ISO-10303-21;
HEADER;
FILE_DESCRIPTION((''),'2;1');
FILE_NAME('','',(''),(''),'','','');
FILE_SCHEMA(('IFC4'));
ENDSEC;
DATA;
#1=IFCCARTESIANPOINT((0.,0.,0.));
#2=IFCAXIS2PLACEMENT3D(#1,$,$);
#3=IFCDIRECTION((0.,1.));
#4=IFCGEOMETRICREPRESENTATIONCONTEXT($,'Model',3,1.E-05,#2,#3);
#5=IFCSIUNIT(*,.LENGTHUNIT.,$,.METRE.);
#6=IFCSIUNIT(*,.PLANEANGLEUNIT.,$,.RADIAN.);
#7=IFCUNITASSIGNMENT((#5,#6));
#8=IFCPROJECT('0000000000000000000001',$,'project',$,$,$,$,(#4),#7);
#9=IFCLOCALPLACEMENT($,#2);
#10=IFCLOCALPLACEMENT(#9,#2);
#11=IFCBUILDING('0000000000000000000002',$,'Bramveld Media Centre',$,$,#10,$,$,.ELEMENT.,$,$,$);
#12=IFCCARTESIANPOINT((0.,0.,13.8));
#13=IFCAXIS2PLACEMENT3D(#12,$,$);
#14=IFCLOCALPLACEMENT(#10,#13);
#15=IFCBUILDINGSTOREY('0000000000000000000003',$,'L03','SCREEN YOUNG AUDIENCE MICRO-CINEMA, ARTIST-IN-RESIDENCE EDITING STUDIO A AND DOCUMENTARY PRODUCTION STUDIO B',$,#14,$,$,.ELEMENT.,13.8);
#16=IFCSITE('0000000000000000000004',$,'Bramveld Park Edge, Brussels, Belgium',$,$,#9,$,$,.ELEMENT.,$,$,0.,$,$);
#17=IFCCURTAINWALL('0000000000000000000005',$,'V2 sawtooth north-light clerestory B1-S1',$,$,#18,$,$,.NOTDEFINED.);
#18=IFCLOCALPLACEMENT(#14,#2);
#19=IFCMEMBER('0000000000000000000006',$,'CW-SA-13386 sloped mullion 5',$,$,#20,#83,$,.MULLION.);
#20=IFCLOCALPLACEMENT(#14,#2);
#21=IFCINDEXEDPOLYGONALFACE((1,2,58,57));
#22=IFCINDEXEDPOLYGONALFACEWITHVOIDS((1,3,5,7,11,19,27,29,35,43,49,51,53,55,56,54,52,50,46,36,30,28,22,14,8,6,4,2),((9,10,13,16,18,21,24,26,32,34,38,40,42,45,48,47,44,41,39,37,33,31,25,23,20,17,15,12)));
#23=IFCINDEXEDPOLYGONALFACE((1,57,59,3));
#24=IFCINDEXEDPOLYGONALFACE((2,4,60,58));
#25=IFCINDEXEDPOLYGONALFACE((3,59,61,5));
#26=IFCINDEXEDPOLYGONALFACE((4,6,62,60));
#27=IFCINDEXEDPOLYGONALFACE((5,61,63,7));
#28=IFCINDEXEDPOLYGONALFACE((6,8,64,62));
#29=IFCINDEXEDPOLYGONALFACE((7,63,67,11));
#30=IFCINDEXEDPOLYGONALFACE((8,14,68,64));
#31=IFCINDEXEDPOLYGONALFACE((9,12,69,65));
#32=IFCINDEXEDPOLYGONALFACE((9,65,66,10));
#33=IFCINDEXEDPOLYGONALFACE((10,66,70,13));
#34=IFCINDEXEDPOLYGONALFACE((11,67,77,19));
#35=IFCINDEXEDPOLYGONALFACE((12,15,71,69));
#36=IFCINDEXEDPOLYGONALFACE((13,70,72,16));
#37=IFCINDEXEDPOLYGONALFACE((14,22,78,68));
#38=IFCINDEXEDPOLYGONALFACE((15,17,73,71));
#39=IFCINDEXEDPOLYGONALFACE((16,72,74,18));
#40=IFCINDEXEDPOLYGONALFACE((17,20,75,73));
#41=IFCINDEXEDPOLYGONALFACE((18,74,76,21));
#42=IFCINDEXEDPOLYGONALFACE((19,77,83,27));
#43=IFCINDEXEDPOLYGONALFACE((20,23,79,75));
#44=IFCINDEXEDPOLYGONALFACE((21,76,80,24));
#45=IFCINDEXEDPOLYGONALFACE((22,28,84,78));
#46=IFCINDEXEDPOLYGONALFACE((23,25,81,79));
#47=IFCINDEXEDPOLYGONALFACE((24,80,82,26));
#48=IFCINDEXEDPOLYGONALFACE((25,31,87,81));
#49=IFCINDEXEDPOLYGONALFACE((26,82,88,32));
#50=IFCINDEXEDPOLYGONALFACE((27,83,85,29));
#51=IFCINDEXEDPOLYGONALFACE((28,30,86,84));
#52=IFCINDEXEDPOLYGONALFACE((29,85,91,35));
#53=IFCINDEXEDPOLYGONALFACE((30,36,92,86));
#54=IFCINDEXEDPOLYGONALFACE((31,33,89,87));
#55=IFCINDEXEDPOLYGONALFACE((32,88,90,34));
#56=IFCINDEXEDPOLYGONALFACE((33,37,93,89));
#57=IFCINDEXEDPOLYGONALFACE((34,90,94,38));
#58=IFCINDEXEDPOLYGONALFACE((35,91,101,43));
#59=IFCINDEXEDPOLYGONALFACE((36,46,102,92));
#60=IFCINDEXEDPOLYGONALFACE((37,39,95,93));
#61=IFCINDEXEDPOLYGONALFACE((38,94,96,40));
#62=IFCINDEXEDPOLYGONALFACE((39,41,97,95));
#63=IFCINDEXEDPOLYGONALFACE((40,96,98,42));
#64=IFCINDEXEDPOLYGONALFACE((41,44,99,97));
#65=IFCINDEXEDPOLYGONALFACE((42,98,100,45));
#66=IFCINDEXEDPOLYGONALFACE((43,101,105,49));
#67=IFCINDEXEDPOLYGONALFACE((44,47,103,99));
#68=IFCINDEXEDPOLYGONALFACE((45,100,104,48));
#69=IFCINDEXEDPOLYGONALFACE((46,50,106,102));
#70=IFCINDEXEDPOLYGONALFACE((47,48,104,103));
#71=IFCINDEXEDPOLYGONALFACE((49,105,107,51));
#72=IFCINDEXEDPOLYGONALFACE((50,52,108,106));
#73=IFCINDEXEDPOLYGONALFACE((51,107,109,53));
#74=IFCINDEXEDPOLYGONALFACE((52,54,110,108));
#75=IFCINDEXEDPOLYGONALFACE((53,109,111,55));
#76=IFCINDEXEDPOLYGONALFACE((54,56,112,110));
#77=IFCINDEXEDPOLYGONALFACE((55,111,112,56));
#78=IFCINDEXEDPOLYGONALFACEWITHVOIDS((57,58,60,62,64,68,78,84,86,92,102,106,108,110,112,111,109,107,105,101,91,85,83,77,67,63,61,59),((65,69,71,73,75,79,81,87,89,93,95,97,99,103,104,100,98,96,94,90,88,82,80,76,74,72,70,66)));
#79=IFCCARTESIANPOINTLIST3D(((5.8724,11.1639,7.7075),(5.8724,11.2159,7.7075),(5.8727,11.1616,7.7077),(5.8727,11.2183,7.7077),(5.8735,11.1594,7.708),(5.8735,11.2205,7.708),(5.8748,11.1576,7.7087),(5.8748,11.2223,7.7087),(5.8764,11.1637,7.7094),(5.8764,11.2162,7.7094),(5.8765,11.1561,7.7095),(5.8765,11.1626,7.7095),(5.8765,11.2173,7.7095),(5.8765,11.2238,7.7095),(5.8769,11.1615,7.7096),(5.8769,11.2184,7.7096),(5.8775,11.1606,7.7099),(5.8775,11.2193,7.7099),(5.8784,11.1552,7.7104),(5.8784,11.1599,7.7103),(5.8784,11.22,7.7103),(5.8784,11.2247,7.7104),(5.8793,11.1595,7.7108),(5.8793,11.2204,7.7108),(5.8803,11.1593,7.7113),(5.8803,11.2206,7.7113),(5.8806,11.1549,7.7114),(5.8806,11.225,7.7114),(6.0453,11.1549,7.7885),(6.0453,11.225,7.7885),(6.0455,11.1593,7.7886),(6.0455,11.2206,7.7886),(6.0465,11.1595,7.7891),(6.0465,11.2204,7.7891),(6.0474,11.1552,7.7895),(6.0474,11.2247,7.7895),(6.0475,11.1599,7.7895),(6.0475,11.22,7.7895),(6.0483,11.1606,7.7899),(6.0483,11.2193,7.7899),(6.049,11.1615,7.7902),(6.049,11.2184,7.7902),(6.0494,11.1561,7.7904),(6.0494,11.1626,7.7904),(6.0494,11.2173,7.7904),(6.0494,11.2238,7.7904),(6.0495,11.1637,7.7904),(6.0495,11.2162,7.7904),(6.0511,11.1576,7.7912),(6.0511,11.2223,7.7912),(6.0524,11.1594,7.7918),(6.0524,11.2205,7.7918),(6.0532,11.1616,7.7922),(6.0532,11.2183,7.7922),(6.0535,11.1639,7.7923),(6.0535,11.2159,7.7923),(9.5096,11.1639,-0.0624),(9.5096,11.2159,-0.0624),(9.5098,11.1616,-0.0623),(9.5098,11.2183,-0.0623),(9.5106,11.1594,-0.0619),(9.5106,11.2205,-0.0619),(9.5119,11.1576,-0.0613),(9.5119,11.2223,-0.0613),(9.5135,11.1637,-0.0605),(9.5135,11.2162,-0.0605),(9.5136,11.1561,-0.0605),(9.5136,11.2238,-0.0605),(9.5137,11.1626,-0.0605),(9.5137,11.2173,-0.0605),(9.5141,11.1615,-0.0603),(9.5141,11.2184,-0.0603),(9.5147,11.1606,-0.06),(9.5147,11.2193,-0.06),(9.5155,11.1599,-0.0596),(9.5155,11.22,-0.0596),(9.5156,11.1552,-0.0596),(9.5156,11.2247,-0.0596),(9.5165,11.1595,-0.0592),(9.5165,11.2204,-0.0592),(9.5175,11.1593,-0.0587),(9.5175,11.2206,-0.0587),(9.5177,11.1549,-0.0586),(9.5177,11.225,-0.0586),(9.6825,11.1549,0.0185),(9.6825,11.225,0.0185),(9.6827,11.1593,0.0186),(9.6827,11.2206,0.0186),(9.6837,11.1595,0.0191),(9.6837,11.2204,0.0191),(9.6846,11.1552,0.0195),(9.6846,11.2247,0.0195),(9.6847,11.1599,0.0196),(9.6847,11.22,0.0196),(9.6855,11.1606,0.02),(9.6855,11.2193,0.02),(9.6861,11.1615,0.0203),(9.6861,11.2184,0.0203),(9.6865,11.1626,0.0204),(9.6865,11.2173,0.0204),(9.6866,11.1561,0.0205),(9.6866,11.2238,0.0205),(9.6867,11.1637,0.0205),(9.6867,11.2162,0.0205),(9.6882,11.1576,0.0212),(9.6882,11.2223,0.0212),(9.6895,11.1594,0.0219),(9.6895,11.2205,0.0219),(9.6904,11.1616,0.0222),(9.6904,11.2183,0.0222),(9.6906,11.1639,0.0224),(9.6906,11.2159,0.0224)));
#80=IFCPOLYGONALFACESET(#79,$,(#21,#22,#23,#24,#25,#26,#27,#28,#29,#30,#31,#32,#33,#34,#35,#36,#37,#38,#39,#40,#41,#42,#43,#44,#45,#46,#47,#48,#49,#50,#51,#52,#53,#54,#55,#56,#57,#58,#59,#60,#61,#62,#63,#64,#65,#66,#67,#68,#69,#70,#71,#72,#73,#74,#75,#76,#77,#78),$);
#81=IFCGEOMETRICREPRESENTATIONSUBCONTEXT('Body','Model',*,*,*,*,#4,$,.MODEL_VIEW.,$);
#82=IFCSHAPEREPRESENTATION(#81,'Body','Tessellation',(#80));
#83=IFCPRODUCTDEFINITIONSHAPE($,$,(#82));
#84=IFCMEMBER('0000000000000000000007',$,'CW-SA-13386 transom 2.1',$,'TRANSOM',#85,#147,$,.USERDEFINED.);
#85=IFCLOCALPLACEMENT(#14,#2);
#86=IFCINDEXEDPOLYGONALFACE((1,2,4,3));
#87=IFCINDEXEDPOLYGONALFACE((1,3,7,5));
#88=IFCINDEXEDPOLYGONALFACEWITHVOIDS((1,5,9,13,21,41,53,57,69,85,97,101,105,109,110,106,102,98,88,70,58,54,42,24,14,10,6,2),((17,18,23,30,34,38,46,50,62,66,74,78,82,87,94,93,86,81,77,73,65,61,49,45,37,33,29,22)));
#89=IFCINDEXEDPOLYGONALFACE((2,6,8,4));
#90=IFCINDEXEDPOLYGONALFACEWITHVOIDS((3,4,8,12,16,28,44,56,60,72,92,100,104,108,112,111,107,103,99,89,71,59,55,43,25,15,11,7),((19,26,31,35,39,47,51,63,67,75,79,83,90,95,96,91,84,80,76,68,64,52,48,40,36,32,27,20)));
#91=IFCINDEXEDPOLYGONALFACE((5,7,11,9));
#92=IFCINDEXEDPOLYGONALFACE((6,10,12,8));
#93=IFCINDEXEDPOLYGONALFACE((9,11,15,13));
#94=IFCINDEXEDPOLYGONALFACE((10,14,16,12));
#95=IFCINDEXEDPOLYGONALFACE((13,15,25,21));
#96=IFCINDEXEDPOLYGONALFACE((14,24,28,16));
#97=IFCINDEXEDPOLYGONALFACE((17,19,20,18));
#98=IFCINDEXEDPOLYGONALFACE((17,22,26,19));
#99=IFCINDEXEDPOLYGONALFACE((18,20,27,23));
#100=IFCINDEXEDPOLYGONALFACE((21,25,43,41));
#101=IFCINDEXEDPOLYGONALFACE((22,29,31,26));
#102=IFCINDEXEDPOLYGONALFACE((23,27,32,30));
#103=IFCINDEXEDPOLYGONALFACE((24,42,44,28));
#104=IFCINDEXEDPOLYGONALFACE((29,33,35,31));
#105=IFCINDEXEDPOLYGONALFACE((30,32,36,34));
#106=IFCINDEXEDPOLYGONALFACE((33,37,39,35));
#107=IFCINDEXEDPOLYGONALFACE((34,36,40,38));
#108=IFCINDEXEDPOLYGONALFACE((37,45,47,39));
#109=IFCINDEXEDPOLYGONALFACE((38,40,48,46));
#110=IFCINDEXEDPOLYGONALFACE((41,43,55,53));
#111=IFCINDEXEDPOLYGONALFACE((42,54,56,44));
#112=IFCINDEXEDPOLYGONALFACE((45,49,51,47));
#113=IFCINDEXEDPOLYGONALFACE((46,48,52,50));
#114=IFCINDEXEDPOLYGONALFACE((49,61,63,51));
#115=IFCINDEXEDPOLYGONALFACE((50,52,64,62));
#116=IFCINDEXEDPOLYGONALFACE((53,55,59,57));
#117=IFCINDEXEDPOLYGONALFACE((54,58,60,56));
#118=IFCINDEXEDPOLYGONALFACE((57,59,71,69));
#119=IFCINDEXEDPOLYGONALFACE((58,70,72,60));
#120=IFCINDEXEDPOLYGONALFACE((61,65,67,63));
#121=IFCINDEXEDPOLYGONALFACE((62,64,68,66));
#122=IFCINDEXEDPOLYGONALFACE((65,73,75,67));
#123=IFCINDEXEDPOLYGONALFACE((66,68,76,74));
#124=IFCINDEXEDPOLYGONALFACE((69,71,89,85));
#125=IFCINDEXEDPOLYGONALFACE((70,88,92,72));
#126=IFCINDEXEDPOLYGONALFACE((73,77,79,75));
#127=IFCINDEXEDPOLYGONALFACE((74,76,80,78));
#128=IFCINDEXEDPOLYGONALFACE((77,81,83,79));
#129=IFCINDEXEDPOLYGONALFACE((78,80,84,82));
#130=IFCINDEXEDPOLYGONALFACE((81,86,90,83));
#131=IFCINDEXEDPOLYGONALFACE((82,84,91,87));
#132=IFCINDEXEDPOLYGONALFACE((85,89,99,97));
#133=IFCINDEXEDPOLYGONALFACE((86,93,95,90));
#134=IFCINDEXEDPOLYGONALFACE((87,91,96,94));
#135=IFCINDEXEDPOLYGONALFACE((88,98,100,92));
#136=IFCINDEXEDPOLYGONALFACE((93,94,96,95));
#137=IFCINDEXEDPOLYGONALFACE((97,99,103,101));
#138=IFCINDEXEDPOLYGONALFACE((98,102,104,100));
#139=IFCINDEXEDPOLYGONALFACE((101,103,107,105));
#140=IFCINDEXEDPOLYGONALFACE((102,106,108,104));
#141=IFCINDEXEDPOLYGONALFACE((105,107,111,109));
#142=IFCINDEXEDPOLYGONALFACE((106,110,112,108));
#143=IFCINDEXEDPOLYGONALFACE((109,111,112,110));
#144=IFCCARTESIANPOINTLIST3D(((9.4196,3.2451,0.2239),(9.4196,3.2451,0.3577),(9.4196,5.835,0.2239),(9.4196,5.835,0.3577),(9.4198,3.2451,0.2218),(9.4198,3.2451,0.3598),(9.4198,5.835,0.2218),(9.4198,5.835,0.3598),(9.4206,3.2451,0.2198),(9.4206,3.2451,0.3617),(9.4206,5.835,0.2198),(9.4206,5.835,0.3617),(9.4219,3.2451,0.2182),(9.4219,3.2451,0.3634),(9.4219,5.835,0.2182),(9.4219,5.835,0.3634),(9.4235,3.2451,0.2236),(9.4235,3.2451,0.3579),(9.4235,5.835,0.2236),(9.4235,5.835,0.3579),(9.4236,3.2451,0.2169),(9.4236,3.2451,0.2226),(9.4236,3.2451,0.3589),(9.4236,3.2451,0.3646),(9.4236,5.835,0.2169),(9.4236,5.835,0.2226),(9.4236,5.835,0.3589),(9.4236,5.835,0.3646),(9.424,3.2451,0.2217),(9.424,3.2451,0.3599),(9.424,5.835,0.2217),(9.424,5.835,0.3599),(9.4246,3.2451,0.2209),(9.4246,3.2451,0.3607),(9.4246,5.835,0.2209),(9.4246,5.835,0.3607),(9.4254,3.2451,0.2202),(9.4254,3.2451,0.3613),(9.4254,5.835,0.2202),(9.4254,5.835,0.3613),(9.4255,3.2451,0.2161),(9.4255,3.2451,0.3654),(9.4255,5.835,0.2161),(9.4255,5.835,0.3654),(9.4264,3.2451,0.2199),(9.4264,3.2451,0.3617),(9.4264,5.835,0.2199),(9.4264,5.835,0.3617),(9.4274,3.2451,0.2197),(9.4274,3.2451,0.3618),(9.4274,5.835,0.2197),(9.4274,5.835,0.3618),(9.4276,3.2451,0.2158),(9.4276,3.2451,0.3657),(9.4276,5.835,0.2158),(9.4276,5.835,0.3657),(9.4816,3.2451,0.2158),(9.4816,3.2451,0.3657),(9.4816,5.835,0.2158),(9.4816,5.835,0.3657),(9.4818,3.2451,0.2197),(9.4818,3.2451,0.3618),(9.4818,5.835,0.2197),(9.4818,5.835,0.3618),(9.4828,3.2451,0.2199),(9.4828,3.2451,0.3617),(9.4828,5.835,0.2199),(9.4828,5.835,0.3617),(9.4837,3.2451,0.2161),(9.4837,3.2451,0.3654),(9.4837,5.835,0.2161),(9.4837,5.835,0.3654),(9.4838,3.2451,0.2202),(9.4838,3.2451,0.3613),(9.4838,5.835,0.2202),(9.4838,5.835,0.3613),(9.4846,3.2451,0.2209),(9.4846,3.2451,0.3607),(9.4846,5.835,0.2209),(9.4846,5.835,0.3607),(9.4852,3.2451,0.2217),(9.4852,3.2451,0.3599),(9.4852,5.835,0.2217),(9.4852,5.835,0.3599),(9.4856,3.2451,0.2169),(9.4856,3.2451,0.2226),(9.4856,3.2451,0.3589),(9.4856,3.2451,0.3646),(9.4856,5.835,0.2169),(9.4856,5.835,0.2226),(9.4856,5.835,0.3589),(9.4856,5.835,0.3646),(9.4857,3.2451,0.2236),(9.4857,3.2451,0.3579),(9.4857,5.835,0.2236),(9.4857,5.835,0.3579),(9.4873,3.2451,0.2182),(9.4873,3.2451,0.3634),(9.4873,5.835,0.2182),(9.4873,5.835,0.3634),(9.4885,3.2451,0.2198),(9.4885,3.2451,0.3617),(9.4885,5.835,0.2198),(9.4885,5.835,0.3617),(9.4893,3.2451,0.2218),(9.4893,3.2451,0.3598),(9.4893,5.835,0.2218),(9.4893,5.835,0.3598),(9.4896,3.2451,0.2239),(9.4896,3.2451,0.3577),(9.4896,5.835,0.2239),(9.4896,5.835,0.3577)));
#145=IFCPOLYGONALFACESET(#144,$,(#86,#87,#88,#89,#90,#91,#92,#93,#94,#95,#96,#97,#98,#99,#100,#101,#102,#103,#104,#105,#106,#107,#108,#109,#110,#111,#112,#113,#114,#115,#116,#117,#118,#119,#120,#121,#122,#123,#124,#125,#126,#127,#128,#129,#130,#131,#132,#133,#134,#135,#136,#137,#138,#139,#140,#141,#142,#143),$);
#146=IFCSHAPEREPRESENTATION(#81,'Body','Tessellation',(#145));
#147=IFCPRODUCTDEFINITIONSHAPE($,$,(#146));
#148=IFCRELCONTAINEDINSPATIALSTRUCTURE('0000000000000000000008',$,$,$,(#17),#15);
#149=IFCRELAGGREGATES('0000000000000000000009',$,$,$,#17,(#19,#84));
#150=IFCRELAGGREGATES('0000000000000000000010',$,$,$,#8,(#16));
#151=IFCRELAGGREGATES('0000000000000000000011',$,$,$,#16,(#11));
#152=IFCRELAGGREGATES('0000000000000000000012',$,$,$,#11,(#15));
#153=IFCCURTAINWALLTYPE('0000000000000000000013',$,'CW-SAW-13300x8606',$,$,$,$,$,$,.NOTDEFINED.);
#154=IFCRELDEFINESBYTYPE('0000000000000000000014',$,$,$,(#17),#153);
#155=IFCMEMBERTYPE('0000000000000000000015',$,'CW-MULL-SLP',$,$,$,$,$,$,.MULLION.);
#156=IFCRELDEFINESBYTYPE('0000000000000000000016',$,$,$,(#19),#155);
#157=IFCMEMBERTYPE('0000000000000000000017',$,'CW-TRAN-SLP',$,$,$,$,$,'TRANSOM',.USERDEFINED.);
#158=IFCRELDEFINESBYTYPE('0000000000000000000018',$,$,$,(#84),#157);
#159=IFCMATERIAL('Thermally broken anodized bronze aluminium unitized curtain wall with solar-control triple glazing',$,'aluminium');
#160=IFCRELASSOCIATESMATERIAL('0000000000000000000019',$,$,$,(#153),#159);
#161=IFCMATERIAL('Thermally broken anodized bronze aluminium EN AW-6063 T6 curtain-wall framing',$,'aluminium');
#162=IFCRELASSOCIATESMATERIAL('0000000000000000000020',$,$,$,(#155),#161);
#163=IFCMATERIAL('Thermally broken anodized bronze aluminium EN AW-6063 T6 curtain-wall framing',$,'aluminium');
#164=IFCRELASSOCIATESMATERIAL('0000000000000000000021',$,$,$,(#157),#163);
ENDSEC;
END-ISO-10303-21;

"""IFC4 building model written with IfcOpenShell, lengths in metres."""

from ifc_helpers import new_model, si_unit, direction, frame, origin, origin_2d, place, context, subcontext, project, spatial, hollow_rectangle, extrude, material, material_profile, profile_set, type_object, element, aggregate, save


model = new_model("IFC4")

# Units and contexts
model_context = context("Model", 3, precision=1e-05, world=origin(), true_north=direction((0.0, 1.0)))
body_context = subcontext(model_context, "Body", "Model", "MODEL_VIEW")
ifc_project = project(units=[si_unit("LENGTHUNIT", "METRE"), si_unit("PLANEANGLEUNIT", "RADIAN")], contexts=[model_context])

# Site, building, storey
site_placement = place(None, origin())
site = spatial("IfcSite", under=ifc_project, at=site_placement, Name="Bramveld Park Edge, Brussels, Belgium", CompositionType="ELEMENT", RefElevation=0.0)
building_placement = place(site_placement, origin())
building = spatial("IfcBuilding", under=site, at=building_placement, Name="Bramveld Media Centre", CompositionType="ELEMENT")
storey_placement = place(building_placement, frame((0.0, 0.0, 13.8)))
storey = spatial("IfcBuildingStorey", under=building, at=storey_placement, Name="L03", Description="SCREEN YOUNG AUDIENCE MICRO-CINEMA, ARTIST-IN-RESIDENCE EDITING STUDIO A AND DOCUMENTARY PRODUCTION STUDIO B", CompositionType="ELEMENT", Elevation=13.8)

# Curtain wall, members
ifc_material_1 = material(Name="Thermally broken anodized bronze aluminium unitized curtain wall with solar-control triple glazing", Category="aluminium")
curtain_wall_type = type_object("IfcCurtainWallType", Name="CW-SAW-13300x8606", PredefinedType="NOTDEFINED", material=ifc_material_1)
curtain_wall_1_placement = place(storey_placement, origin())
curtain_wall_1 = element("IfcCurtainWall", 1, at=curtain_wall_1_placement, inside=storey, type_object=curtain_wall_type, Name="V2 sawtooth north-light clerestory B1-S1", PredefinedType="NOTDEFINED")
ifc_material_2 = material(Name="Thermally broken anodized bronze aluminium EN AW-6063 T6 curtain-wall framing", Category="aluminium")
ifc_material_profile_1 = material_profile(ifc_material_2, hollow_rectangle(XDim=0.0701, YDim=0.2, WallThickness=0.0044, InnerFilletRadius=0.0044, OuterFilletRadius=0.009, at=origin_2d()), Name="AL-MULL 70x200")
ifc_profile_set_1 = profile_set([ifc_material_profile_1], Name="Thermally broken anodized bronze aluminium EN AW-6063 T6 curtain-wall framing")
member_type_1 = type_object("IfcMemberType", Name="CW-MULL-SLP", PredefinedType="MULLION", material=ifc_profile_set_1)
member_1_placement = place(storey_placement, frame((9.6001, 11.1899, -0.02), z_axis=(-0.423957, 0.0, 0.905682), x_axis=(0.0, -1.0, 0.0)))
member_1 = element("IfcMember", 2, at=member_1_placement, type_object=member_type_1, Name="CW-SA-13386 sloped mullion 5", PredefinedType="MULLION", context=body_context, shape_type="SweptSolid", body=[
    extrude(hollow_rectangle(XDim=0.0701, YDim=0.2, WallThickness=0.0044, InnerFilletRadius=0.0044, OuterFilletRadius=0.009, at=origin_2d()), origin(), (0.0, 0.0, 1.0), 8.5791),
])
ifc_material_3 = material(Name="Thermally broken anodized bronze aluminium EN AW-6063 T6 curtain-wall framing", Category="aluminium")
ifc_material_profile_2 = material_profile(ifc_material_3, hollow_rectangle(XDim=0.0701, YDim=0.1499, WallThickness=0.0039, InnerFilletRadius=0.0039, OuterFilletRadius=0.0081, at=origin_2d()), Name="AL-TRAN 70x150")
ifc_profile_set_2 = profile_set([ifc_material_profile_2], Name="Thermally broken anodized bronze aluminium EN AW-6063 T6 curtain-wall framing")
member_type_2 = type_object("IfcMemberType", Name="CW-TRAN-SLP", ElementType="TRANSOM", PredefinedType="USERDEFINED", material=ifc_profile_set_2)
member_2_placement = place(storey_placement, frame((9.4546, 3.2451, 0.2908), z_axis=(0.0, 1.0, 0.0), x_axis=(-1.0, 0.0, 0.0)))
member_2 = element("IfcMember", 3, at=member_2_placement, type_object=member_type_2, Name="CW-SA-13386 transom 2.1", ObjectType="TRANSOM", PredefinedType="USERDEFINED", context=body_context, shape_type="SweptSolid", body=[
    extrude(hollow_rectangle(XDim=0.0701, YDim=0.1499, WallThickness=0.0039, InnerFilletRadius=0.0039, OuterFilletRadius=0.0081, at=origin_2d()), origin(), (0.0, 0.0, 1.0), 2.5898),
])

aggregate(curtain_wall_1, [member_1, member_2])

save(model, "model.ifc")
